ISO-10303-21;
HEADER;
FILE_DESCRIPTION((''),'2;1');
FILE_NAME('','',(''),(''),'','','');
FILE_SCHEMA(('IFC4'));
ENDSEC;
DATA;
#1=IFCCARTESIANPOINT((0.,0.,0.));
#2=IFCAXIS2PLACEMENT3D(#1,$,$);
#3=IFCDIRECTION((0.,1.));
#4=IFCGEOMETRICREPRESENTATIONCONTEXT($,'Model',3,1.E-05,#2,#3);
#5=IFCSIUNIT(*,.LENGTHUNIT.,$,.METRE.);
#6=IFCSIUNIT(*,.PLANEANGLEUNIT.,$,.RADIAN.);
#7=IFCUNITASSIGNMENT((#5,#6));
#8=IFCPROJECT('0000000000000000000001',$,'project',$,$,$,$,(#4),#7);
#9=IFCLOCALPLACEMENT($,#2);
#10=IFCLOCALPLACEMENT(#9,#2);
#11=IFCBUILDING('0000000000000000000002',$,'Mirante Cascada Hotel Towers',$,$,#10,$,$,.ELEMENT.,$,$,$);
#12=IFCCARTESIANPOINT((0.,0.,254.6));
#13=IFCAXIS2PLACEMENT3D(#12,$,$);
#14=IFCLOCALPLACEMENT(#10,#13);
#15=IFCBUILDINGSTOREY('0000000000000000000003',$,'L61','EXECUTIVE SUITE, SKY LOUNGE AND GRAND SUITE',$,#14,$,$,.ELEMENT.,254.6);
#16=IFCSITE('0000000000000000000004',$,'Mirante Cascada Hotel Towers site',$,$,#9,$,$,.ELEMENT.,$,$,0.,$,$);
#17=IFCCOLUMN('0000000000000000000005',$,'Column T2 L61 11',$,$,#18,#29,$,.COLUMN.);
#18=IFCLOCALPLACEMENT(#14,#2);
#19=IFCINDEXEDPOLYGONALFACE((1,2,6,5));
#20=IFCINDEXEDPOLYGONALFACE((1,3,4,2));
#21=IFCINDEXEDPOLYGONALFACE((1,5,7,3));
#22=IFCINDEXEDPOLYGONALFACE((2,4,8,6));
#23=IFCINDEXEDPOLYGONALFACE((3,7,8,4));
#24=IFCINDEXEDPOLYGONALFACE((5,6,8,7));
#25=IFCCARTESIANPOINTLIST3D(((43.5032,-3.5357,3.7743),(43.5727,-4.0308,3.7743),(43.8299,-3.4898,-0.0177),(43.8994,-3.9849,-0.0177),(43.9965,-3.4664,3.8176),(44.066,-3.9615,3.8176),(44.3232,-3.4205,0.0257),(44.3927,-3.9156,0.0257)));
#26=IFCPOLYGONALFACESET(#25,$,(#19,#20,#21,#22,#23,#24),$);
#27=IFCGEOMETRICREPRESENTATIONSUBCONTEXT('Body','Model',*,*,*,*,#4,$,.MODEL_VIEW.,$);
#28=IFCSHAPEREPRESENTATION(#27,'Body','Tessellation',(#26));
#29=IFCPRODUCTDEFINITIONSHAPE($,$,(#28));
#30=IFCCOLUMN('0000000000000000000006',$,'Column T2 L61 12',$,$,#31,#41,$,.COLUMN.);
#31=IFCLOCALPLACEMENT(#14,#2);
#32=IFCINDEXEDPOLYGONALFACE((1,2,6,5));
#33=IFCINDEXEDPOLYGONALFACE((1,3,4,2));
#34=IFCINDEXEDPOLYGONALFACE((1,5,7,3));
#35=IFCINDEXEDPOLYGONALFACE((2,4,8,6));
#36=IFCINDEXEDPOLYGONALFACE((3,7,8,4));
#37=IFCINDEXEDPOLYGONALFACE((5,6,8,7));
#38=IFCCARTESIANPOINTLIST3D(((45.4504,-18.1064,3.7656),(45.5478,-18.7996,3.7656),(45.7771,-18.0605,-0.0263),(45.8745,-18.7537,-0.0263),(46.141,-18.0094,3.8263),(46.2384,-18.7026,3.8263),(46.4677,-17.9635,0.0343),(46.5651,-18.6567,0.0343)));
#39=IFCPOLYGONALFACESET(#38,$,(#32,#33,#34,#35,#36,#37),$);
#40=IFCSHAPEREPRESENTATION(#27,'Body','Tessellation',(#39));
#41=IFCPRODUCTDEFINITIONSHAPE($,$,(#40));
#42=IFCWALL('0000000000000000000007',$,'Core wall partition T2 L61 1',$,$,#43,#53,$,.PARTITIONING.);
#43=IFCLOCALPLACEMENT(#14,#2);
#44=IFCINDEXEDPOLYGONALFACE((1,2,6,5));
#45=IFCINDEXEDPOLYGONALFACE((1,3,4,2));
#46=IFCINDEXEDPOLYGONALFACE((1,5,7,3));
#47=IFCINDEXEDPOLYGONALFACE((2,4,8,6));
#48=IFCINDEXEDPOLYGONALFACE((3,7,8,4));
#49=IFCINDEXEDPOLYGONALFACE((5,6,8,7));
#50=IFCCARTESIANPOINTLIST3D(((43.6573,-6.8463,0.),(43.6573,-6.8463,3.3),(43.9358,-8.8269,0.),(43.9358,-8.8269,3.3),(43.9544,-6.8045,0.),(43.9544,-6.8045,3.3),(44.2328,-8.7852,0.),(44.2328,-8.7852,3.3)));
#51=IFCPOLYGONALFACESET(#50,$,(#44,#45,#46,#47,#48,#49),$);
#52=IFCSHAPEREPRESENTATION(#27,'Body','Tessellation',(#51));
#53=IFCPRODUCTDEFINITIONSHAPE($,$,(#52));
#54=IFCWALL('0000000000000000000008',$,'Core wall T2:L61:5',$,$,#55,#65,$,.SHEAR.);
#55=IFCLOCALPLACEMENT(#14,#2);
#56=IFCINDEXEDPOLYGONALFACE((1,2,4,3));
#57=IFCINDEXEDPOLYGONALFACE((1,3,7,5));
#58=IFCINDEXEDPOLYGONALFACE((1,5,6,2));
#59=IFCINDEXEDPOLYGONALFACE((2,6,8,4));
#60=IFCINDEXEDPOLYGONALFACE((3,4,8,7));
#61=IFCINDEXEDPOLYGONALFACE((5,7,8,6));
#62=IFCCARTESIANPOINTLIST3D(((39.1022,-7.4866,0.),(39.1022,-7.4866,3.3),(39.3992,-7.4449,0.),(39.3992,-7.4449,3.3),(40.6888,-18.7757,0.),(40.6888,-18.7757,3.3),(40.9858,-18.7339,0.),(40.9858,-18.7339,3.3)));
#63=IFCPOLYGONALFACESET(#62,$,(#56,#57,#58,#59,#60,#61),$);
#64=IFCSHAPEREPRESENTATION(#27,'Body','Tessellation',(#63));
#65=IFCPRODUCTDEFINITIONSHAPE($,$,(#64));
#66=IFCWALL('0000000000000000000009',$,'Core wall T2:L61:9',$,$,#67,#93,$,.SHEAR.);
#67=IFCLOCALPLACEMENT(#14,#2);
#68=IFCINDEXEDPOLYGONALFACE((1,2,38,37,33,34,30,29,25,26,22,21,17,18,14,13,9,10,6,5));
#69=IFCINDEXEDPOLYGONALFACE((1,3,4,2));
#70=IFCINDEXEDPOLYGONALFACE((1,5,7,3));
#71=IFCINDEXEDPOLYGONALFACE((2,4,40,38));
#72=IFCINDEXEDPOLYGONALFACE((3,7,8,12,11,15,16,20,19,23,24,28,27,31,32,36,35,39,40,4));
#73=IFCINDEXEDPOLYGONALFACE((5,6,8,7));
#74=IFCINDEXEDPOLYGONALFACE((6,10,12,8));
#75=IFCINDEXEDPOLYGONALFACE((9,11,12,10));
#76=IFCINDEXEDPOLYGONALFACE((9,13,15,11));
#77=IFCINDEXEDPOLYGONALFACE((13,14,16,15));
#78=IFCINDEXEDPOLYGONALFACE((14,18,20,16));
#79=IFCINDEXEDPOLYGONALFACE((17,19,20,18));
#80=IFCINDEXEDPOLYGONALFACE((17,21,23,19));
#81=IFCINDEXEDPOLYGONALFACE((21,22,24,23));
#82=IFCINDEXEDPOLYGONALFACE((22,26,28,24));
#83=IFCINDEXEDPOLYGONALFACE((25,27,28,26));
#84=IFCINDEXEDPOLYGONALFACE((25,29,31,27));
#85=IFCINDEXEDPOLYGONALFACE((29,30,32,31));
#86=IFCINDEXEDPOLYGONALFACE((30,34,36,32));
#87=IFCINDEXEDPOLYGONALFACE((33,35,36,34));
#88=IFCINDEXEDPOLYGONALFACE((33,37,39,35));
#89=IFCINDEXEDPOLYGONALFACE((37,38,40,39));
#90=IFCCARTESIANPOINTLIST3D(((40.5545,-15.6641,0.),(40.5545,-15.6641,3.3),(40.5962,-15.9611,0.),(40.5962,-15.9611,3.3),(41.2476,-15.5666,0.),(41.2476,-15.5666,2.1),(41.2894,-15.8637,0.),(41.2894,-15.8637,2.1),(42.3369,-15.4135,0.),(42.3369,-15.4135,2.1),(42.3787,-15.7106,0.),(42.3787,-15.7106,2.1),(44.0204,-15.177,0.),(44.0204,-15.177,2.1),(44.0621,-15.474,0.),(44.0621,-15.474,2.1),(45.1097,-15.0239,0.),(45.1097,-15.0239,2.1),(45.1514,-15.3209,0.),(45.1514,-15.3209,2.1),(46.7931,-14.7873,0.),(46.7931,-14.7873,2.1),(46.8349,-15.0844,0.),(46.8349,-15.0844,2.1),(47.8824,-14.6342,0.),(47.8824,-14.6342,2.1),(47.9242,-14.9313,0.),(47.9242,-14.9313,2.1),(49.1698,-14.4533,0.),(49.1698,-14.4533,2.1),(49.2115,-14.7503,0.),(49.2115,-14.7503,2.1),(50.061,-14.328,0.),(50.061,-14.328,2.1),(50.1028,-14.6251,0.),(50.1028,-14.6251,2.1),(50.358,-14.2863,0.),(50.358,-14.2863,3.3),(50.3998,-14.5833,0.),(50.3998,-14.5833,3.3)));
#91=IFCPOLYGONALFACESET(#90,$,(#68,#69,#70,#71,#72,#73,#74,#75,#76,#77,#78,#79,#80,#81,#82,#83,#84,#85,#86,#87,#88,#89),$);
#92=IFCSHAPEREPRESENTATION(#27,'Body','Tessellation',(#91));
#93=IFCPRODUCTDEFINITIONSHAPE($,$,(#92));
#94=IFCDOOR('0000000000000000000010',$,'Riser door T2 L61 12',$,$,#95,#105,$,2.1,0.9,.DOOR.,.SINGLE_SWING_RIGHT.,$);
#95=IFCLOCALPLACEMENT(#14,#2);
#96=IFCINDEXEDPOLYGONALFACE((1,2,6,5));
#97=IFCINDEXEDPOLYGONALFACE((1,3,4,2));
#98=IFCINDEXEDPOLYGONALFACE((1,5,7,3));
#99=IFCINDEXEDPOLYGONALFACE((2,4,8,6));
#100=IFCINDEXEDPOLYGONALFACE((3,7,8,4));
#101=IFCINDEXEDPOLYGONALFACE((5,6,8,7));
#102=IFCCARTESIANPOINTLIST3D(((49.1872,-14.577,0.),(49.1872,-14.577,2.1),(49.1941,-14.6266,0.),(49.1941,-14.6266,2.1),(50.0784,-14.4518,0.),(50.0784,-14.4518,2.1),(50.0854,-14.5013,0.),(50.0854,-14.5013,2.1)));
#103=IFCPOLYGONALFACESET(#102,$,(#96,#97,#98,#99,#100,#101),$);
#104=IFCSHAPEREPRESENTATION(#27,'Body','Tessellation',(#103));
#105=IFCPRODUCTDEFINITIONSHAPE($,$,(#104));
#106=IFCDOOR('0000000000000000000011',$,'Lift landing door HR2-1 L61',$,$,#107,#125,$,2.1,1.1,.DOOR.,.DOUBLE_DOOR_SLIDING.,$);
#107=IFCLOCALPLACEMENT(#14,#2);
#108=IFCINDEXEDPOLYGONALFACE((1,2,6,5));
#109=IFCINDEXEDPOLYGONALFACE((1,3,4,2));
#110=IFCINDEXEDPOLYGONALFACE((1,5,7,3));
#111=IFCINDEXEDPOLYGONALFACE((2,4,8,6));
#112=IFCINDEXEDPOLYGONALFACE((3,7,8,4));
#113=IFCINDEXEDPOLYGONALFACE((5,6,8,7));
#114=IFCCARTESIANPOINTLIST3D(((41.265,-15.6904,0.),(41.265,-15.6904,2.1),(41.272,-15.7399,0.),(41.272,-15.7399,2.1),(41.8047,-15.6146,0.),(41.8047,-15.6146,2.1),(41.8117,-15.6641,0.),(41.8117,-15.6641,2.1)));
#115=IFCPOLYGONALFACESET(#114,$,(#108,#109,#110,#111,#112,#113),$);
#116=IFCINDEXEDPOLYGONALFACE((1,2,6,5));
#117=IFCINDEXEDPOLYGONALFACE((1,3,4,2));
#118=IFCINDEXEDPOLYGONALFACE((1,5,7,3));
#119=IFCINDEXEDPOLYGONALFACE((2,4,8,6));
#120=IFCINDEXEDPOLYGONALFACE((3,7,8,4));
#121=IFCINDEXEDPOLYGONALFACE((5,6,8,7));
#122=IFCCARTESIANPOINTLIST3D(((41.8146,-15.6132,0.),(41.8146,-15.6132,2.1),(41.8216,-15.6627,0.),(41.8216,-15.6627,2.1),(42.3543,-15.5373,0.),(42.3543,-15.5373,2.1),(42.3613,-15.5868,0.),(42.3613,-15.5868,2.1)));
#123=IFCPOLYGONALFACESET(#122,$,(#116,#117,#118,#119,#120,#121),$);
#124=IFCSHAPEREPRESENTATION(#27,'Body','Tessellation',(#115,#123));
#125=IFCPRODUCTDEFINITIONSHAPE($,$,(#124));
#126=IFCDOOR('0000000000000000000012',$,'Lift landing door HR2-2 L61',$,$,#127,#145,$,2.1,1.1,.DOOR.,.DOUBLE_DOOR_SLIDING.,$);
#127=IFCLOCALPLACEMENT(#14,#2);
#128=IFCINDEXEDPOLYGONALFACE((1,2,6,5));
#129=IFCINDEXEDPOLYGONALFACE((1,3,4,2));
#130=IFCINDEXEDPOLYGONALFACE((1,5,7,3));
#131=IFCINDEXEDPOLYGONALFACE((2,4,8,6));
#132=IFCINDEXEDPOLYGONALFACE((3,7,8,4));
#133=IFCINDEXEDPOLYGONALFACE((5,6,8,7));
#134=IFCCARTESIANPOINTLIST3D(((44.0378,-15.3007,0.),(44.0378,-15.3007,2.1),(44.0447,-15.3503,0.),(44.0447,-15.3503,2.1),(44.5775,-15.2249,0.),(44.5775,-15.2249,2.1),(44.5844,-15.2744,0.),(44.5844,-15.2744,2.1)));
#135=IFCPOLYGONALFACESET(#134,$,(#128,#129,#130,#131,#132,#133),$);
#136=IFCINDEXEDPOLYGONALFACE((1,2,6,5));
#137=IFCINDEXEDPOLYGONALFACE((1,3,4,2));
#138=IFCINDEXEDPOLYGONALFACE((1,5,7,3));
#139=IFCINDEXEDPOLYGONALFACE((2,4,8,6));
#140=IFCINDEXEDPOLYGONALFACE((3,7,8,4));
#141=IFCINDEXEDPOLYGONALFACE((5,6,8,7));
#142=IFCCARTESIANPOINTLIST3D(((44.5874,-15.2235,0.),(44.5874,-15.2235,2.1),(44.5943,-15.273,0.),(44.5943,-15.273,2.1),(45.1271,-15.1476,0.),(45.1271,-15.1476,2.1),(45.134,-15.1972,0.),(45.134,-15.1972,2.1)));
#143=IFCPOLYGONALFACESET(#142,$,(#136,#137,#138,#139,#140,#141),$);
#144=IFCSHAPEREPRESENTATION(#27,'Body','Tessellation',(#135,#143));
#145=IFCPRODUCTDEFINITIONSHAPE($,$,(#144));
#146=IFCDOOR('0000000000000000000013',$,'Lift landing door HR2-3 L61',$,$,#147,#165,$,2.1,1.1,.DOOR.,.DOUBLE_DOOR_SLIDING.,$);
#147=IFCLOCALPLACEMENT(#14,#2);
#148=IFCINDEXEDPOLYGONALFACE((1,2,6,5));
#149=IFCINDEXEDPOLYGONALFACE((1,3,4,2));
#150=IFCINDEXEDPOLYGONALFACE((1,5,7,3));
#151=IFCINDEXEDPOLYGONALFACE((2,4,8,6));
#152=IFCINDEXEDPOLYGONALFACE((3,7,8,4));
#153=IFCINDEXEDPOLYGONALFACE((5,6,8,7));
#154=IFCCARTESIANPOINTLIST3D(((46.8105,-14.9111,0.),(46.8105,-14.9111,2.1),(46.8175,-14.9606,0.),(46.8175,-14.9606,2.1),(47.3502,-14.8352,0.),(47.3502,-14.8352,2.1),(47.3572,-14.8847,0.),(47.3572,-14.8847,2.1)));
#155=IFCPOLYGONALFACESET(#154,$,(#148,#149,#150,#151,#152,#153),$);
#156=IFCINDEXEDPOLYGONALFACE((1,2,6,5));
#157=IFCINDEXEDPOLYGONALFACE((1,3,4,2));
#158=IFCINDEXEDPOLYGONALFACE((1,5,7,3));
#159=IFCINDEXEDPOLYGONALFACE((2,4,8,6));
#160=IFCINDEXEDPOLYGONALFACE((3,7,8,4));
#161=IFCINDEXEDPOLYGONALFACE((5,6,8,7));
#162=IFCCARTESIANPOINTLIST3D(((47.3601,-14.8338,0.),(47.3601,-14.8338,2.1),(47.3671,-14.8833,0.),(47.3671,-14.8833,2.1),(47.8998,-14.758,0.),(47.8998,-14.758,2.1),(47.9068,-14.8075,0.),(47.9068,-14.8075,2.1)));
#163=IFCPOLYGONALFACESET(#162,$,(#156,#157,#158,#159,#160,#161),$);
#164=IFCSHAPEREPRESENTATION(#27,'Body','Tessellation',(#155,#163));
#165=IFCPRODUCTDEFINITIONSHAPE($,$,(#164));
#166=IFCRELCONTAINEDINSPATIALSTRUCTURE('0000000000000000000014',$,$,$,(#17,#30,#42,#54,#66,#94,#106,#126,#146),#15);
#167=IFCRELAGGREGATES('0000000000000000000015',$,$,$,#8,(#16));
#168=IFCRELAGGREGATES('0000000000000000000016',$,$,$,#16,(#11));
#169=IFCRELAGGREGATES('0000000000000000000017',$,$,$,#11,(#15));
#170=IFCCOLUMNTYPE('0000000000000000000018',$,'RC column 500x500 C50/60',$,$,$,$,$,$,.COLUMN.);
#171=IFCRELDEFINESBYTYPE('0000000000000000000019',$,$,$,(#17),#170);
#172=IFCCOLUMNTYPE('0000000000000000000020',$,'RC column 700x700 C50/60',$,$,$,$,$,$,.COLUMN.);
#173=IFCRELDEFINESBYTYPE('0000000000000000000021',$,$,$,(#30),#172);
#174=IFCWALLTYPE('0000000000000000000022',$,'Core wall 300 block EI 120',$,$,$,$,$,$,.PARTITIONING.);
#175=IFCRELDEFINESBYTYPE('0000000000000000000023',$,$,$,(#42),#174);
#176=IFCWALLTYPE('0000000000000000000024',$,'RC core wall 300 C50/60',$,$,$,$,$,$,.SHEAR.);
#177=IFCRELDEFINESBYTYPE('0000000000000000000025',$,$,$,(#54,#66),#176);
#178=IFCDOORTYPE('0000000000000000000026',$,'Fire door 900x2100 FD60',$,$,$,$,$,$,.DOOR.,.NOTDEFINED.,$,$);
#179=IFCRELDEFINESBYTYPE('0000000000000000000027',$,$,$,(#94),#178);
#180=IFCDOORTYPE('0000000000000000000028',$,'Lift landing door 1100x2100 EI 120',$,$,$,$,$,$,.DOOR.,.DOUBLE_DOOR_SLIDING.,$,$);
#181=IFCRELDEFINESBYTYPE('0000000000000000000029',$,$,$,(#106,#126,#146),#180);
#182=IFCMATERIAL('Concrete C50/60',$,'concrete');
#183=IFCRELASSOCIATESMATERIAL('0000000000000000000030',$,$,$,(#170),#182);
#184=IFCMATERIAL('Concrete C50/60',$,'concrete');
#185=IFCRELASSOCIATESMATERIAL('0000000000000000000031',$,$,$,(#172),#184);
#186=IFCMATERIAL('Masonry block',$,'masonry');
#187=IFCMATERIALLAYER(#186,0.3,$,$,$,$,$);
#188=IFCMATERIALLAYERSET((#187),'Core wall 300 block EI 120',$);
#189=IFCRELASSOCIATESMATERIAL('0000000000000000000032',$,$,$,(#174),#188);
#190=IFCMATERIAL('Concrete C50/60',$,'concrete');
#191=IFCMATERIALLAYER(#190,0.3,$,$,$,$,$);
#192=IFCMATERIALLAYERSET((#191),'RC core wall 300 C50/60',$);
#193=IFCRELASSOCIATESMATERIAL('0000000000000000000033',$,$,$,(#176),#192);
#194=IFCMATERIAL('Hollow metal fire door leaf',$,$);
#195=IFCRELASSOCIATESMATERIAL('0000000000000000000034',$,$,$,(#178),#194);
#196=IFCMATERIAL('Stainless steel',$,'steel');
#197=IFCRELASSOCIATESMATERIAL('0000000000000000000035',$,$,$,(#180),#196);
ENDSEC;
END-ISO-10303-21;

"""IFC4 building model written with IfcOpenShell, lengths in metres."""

from ifc_helpers import new_model, si_unit, direction, frame, frame_2d, origin, origin_2d, place, context, subcontext, project, spatial, rectangle, extrude, material, layer, layer_set, material_profile, profile_set, type_object, element, fill, save


model = new_model("IFC4")

# Units and contexts
model_context = context("Model", 3, precision=1e-05, world=origin(), true_north=direction((0.0, 1.0)))
body_context = subcontext(model_context, "Body", "Model", "MODEL_VIEW")
ifc_project = project(units=[si_unit("LENGTHUNIT", "METRE"), si_unit("PLANEANGLEUNIT", "RADIAN")], contexts=[model_context])

# Site, building, storey
site_placement = place(None, origin())
site = spatial("IfcSite", under=ifc_project, at=site_placement, Name="Mirante Cascada Hotel Towers site", CompositionType="ELEMENT", RefElevation=0.0)
building_placement = place(site_placement, origin())
building = spatial("IfcBuilding", under=site, at=building_placement, Name="Mirante Cascada Hotel Towers", CompositionType="ELEMENT")
storey_placement = place(building_placement, frame((0.0, 0.0, 254.6)))
storey = spatial("IfcBuildingStorey", under=building, at=storey_placement, Name="L61", Description="EXECUTIVE SUITE, SKY LOUNGE AND GRAND SUITE", CompositionType="ELEMENT", Elevation=254.6)

# Columns
ifc_material_1 = material(Name="Concrete C50/60", Category="concrete")
ifc_material_profile_1 = material_profile(ifc_material_1, rectangle(XDim=0.5, YDim=0.5, at=origin_2d()), Name="RC column 500x500 C50/60")
ifc_profile_set_1 = profile_set([ifc_material_profile_1], Name="Concrete C50/60")
column_type_1 = type_object("IfcColumnType", Name="RC column 500x500 C50/60", PredefinedType="COLUMN", material=ifc_profile_set_1)
column_1_placement = place(storey_placement, frame((44.1113, -3.7027, 0.004), z_axis=(-0.085831, -0.012059, 0.996237), x_axis=(0.139129, -0.990274, 0.0)))
element("IfcColumn", 1, at=column_1_placement, inside=storey, type_object=column_type_1, Name="Column T2 L61 11", PredefinedType="COLUMN", context=body_context, shape_type="SweptSolid", body=[
    extrude(rectangle(XDim=0.5, YDim=0.5, at=origin_2d()), origin(), (0.0, 0.0, 1.0), 3.8063),
])
ifc_material_2 = material(Name="Concrete C50/60", Category="concrete")
ifc_material_profile_2 = material_profile(ifc_material_2, rectangle(XDim=0.7, YDim=0.7, at=origin_2d()), Name="RC column 700x700 C50/60")
ifc_profile_set_2 = profile_set([ifc_material_profile_2], Name="Concrete C50/60")
column_type_2 = type_object("IfcColumnType", Name="RC column 700x700 C50/60", PredefinedType="COLUMN", material=ifc_profile_set_2)
column_2_placement = place(storey_placement, frame((46.1711, -18.3586, 0.004), z_axis=(-0.085831, -0.012059, 0.996237), x_axis=(0.139129, -0.990274, 0.0)))
element("IfcColumn", 2, at=column_2_placement, inside=storey, type_object=column_type_2, Name="Column T2 L61 12", PredefinedType="COLUMN", context=body_context, shape_type="SweptSolid", body=[
    extrude(rectangle(XDim=0.7, YDim=0.7, at=origin_2d()), origin(), (0.0, 0.0, 1.0), 3.8063),
])

# Walls
ifc_material_3 = material(Name="Masonry block", Category="masonry")
ifc_layer_1 = layer(ifc_material_3, 0.3)
ifc_layer_set_1 = layer_set([ifc_layer_1], Name="Core wall 300 block EI 120")
wall_type_1 = type_object("IfcWallType", Name="Core wall 300 block EI 120", PredefinedType="PARTITIONING", material=ifc_layer_set_1)
wall_1_placement = place(storey_placement, frame((44.0843, -8.8061, 0.0), z_axis=(0.0, 0.0, 1.0), x_axis=(-0.139195, 0.990265, 0.0)))
element("IfcWall", 3, at=wall_1_placement, inside=storey, type_object=wall_type_1, Name="Core wall partition T2 L61 1", PredefinedType="PARTITIONING", context=body_context, shape_type="SweptSolid", body=[
    extrude(rectangle(XDim=2.0001, YDim=0.3, at=frame_2d((1.0001, 0.0))), origin(), (0.0, 0.0, 1.0), 3.3),
])
ifc_material_4 = material(Name="Concrete C50/60", Category="concrete")
ifc_layer_2 = layer(ifc_material_4, 0.3)
ifc_layer_set_2 = layer_set([ifc_layer_2], Name="RC core wall 300 C50/60")
wall_type_2 = type_object("IfcWallType", Name="RC core wall 300 C50/60", PredefinedType="SHEAR", material=ifc_layer_set_2)
wall_2_placement = place(storey_placement, frame((40.8373, -18.7548, 0.0), z_axis=(0.0, 0.0, 1.0), x_axis=(-0.139175, 0.990268, 0.0)))
element("IfcWall", 4, at=wall_2_placement, inside=storey, type_object=wall_type_2, Name="Core wall T2:L61:5", PredefinedType="SHEAR", context=body_context, shape_type="SweptSolid", body=[
    extrude(rectangle(XDim=11.4, YDim=0.3, at=frame_2d((5.7, 0.0))), origin(), (0.0, 0.0, 1.0), 3.3),
])

# Wall, openings, doors
wall_3_placement = place(storey_placement, frame((40.5753, -15.8126, 0.0), z_axis=(0.0, 0.0, 1.0), x_axis=(0.990268, 0.139173, 0.0)))
wall_3 = element("IfcWall", 5, at=wall_3_placement, inside=storey, type_object=wall_type_2, Name="Core wall T2:L61:9", PredefinedType="SHEAR", context=body_context, shape_type="SweptSolid", body=[
    extrude(rectangle(XDim=9.8999, YDim=0.3, at=frame_2d((4.95, 0.0))), origin(), (0.0, 0.0, 1.0), 3.3),
])
opening_1_placement = place(wall_3_placement, frame((0.7, 0.0, 0.0)))
opening_1 = element("IfcOpeningElement", 6, at=opening_1_placement, cuts=wall_3, PredefinedType="OPENING", context=body_context, shape_type="SweptSolid", body=[
    extrude(rectangle(XDim=1.1, YDim=2.1, at=frame_2d((0.55, 1.05))), frame((0.0, 0.15, 0.0), z_axis=(0.0, -1.0, 0.0), x_axis=(1.0, 0.0, 0.0)), (0.0, 0.0, 1.0), 0.3),
])
opening_2_placement = place(wall_3_placement, frame((3.5, 0.0, 0.0)))
opening_2 = element("IfcOpeningElement", 7, at=opening_2_placement, cuts=wall_3, PredefinedType="OPENING", context=body_context, shape_type="SweptSolid", body=[
    extrude(rectangle(XDim=1.1, YDim=2.1, at=frame_2d((0.55, 1.05))), frame((0.0, 0.15, 0.0), z_axis=(0.0, -1.0, 0.0), x_axis=(1.0, 0.0, 0.0)), (0.0, 0.0, 1.0), 0.3),
])
opening_3_placement = place(wall_3_placement, frame((6.3, 0.0, 0.0)))
opening_3 = element("IfcOpeningElement", 8, at=opening_3_placement, cuts=wall_3, PredefinedType="OPENING", context=body_context, shape_type="SweptSolid", body=[
    extrude(rectangle(XDim=1.1, YDim=2.1, at=frame_2d((0.55, 1.05))), frame((0.0, 0.15, 0.0), z_axis=(0.0, -1.0, 0.0), x_axis=(1.0, 0.0, 0.0)), (0.0, 0.0, 1.0), 0.3),
])
opening_4_placement = place(wall_3_placement, frame((8.7, 0.0, 0.0)))
opening_4 = element("IfcOpeningElement", 9, at=opening_4_placement, cuts=wall_3, PredefinedType="OPENING", context=body_context, shape_type="SweptSolid", body=[
    extrude(rectangle(XDim=0.9, YDim=2.1, at=frame_2d((0.45, 1.05))), frame((0.0, 0.15, 0.0), z_axis=(0.0, -1.0, 0.0), x_axis=(1.0, 0.0, 0.0)), (0.0, 0.0, 1.0), 0.3),
])
ifc_material_5 = material(Name="Hollow metal fire door leaf")
door_type_1 = type_object("IfcDoorType", Name="Fire door 900x2100 FD60", OperationType="NOTDEFINED", PredefinedType="DOOR", material=ifc_material_5)
door_1_placement = place(opening_4_placement, frame((0.9, 0.0, 0.0), z_axis=(0.0, 0.0, 1.0), x_axis=(-1.0, 0.0, 0.0)))
door_1 = element("IfcDoor", 10, at=door_1_placement, inside=storey, type_object=door_type_1, Name="Riser door T2 L61 12", OperationType="SINGLE_SWING_RIGHT", OverallHeight=2.1, OverallWidth=0.9, PredefinedType="DOOR", context=body_context, shape_type="SweptSolid", body=[
    extrude(rectangle(XDim=0.9, YDim=2.1, at=frame_2d((0.45, 1.05))), frame((0.0, 0.025, 0.0), z_axis=(0.0, -1.0, 0.0), x_axis=(1.0, 0.0, 0.0)), (0.0, 0.0, 1.0), 0.05),
])
fill(opening_4, door_1)
ifc_material_6 = material(Name="Stainless steel", Category="steel")
door_type_2 = type_object("IfcDoorType", Name="Lift landing door 1100x2100 EI 120", OperationType="DOUBLE_DOOR_SLIDING", PredefinedType="DOOR", material=ifc_material_6)
door_2_placement = place(opening_1_placement, origin())
door_2 = element("IfcDoor", 11, at=door_2_placement, inside=storey, type_object=door_type_2, Name="Lift landing door HR2-1 L61", OperationType="DOUBLE_DOOR_SLIDING", OverallHeight=2.1, OverallWidth=1.1, PredefinedType="DOOR", context=body_context, shape_type="SweptSolid", body=[
    extrude(rectangle(XDim=0.545, YDim=2.1, at=frame_2d((0.2725, 1.05))), frame((0.0, 0.025, 0.0), z_axis=(0.0, -1.0, 0.0), x_axis=(1.0, 0.0, 0.0)), (0.0, 0.0, 1.0), 0.05),
    extrude(rectangle(XDim=0.545, YDim=2.1, at=frame_2d((0.8275, 1.05))), frame((0.0, 0.025, 0.0), z_axis=(0.0, -1.0, 0.0), x_axis=(1.0, 0.0, 0.0)), (0.0, 0.0, 1.0), 0.05),
])
fill(opening_1, door_2)
door_3_placement = place(opening_2_placement, origin())
door_3 = element("IfcDoor", 12, at=door_3_placement, inside=storey, type_object=door_type_2, Name="Lift landing door HR2-2 L61", OperationType="DOUBLE_DOOR_SLIDING", OverallHeight=2.1, OverallWidth=1.1, PredefinedType="DOOR", context=body_context, shape_type="SweptSolid", body=[
    extrude(rectangle(XDim=0.545, YDim=2.1, at=frame_2d((0.2725, 1.05))), frame((0.0, 0.025, 0.0), z_axis=(0.0, -1.0, 0.0), x_axis=(1.0, 0.0, 0.0)), (0.0, 0.0, 1.0), 0.05),
    extrude(rectangle(XDim=0.545, YDim=2.1, at=frame_2d((0.8275, 1.05))), frame((0.0, 0.025, 0.0), z_axis=(0.0, -1.0, 0.0), x_axis=(1.0, 0.0, 0.0)), (0.0, 0.0, 1.0), 0.05),
])
fill(opening_2, door_3)
door_4_placement = place(opening_3_placement, origin())
door_4 = element("IfcDoor", 13, at=door_4_placement, inside=storey, type_object=door_type_2, Name="Lift landing door HR2-3 L61", OperationType="DOUBLE_DOOR_SLIDING", OverallHeight=2.1, OverallWidth=1.1, PredefinedType="DOOR", context=body_context, shape_type="SweptSolid", body=[
    extrude(rectangle(XDim=0.545, YDim=2.1, at=frame_2d((0.2725, 1.05))), frame((0.0, 0.025, 0.0), z_axis=(0.0, -1.0, 0.0), x_axis=(1.0, 0.0, 0.0)), (0.0, 0.0, 1.0), 0.05),
    extrude(rectangle(XDim=0.545, YDim=2.1, at=frame_2d((0.8275, 1.05))), frame((0.0, 0.025, 0.0), z_axis=(0.0, -1.0, 0.0), x_axis=(1.0, 0.0, 0.0)), (0.0, 0.0, 1.0), 0.05),
])
fill(opening_3, door_4)

save(model, "model.ifc")
